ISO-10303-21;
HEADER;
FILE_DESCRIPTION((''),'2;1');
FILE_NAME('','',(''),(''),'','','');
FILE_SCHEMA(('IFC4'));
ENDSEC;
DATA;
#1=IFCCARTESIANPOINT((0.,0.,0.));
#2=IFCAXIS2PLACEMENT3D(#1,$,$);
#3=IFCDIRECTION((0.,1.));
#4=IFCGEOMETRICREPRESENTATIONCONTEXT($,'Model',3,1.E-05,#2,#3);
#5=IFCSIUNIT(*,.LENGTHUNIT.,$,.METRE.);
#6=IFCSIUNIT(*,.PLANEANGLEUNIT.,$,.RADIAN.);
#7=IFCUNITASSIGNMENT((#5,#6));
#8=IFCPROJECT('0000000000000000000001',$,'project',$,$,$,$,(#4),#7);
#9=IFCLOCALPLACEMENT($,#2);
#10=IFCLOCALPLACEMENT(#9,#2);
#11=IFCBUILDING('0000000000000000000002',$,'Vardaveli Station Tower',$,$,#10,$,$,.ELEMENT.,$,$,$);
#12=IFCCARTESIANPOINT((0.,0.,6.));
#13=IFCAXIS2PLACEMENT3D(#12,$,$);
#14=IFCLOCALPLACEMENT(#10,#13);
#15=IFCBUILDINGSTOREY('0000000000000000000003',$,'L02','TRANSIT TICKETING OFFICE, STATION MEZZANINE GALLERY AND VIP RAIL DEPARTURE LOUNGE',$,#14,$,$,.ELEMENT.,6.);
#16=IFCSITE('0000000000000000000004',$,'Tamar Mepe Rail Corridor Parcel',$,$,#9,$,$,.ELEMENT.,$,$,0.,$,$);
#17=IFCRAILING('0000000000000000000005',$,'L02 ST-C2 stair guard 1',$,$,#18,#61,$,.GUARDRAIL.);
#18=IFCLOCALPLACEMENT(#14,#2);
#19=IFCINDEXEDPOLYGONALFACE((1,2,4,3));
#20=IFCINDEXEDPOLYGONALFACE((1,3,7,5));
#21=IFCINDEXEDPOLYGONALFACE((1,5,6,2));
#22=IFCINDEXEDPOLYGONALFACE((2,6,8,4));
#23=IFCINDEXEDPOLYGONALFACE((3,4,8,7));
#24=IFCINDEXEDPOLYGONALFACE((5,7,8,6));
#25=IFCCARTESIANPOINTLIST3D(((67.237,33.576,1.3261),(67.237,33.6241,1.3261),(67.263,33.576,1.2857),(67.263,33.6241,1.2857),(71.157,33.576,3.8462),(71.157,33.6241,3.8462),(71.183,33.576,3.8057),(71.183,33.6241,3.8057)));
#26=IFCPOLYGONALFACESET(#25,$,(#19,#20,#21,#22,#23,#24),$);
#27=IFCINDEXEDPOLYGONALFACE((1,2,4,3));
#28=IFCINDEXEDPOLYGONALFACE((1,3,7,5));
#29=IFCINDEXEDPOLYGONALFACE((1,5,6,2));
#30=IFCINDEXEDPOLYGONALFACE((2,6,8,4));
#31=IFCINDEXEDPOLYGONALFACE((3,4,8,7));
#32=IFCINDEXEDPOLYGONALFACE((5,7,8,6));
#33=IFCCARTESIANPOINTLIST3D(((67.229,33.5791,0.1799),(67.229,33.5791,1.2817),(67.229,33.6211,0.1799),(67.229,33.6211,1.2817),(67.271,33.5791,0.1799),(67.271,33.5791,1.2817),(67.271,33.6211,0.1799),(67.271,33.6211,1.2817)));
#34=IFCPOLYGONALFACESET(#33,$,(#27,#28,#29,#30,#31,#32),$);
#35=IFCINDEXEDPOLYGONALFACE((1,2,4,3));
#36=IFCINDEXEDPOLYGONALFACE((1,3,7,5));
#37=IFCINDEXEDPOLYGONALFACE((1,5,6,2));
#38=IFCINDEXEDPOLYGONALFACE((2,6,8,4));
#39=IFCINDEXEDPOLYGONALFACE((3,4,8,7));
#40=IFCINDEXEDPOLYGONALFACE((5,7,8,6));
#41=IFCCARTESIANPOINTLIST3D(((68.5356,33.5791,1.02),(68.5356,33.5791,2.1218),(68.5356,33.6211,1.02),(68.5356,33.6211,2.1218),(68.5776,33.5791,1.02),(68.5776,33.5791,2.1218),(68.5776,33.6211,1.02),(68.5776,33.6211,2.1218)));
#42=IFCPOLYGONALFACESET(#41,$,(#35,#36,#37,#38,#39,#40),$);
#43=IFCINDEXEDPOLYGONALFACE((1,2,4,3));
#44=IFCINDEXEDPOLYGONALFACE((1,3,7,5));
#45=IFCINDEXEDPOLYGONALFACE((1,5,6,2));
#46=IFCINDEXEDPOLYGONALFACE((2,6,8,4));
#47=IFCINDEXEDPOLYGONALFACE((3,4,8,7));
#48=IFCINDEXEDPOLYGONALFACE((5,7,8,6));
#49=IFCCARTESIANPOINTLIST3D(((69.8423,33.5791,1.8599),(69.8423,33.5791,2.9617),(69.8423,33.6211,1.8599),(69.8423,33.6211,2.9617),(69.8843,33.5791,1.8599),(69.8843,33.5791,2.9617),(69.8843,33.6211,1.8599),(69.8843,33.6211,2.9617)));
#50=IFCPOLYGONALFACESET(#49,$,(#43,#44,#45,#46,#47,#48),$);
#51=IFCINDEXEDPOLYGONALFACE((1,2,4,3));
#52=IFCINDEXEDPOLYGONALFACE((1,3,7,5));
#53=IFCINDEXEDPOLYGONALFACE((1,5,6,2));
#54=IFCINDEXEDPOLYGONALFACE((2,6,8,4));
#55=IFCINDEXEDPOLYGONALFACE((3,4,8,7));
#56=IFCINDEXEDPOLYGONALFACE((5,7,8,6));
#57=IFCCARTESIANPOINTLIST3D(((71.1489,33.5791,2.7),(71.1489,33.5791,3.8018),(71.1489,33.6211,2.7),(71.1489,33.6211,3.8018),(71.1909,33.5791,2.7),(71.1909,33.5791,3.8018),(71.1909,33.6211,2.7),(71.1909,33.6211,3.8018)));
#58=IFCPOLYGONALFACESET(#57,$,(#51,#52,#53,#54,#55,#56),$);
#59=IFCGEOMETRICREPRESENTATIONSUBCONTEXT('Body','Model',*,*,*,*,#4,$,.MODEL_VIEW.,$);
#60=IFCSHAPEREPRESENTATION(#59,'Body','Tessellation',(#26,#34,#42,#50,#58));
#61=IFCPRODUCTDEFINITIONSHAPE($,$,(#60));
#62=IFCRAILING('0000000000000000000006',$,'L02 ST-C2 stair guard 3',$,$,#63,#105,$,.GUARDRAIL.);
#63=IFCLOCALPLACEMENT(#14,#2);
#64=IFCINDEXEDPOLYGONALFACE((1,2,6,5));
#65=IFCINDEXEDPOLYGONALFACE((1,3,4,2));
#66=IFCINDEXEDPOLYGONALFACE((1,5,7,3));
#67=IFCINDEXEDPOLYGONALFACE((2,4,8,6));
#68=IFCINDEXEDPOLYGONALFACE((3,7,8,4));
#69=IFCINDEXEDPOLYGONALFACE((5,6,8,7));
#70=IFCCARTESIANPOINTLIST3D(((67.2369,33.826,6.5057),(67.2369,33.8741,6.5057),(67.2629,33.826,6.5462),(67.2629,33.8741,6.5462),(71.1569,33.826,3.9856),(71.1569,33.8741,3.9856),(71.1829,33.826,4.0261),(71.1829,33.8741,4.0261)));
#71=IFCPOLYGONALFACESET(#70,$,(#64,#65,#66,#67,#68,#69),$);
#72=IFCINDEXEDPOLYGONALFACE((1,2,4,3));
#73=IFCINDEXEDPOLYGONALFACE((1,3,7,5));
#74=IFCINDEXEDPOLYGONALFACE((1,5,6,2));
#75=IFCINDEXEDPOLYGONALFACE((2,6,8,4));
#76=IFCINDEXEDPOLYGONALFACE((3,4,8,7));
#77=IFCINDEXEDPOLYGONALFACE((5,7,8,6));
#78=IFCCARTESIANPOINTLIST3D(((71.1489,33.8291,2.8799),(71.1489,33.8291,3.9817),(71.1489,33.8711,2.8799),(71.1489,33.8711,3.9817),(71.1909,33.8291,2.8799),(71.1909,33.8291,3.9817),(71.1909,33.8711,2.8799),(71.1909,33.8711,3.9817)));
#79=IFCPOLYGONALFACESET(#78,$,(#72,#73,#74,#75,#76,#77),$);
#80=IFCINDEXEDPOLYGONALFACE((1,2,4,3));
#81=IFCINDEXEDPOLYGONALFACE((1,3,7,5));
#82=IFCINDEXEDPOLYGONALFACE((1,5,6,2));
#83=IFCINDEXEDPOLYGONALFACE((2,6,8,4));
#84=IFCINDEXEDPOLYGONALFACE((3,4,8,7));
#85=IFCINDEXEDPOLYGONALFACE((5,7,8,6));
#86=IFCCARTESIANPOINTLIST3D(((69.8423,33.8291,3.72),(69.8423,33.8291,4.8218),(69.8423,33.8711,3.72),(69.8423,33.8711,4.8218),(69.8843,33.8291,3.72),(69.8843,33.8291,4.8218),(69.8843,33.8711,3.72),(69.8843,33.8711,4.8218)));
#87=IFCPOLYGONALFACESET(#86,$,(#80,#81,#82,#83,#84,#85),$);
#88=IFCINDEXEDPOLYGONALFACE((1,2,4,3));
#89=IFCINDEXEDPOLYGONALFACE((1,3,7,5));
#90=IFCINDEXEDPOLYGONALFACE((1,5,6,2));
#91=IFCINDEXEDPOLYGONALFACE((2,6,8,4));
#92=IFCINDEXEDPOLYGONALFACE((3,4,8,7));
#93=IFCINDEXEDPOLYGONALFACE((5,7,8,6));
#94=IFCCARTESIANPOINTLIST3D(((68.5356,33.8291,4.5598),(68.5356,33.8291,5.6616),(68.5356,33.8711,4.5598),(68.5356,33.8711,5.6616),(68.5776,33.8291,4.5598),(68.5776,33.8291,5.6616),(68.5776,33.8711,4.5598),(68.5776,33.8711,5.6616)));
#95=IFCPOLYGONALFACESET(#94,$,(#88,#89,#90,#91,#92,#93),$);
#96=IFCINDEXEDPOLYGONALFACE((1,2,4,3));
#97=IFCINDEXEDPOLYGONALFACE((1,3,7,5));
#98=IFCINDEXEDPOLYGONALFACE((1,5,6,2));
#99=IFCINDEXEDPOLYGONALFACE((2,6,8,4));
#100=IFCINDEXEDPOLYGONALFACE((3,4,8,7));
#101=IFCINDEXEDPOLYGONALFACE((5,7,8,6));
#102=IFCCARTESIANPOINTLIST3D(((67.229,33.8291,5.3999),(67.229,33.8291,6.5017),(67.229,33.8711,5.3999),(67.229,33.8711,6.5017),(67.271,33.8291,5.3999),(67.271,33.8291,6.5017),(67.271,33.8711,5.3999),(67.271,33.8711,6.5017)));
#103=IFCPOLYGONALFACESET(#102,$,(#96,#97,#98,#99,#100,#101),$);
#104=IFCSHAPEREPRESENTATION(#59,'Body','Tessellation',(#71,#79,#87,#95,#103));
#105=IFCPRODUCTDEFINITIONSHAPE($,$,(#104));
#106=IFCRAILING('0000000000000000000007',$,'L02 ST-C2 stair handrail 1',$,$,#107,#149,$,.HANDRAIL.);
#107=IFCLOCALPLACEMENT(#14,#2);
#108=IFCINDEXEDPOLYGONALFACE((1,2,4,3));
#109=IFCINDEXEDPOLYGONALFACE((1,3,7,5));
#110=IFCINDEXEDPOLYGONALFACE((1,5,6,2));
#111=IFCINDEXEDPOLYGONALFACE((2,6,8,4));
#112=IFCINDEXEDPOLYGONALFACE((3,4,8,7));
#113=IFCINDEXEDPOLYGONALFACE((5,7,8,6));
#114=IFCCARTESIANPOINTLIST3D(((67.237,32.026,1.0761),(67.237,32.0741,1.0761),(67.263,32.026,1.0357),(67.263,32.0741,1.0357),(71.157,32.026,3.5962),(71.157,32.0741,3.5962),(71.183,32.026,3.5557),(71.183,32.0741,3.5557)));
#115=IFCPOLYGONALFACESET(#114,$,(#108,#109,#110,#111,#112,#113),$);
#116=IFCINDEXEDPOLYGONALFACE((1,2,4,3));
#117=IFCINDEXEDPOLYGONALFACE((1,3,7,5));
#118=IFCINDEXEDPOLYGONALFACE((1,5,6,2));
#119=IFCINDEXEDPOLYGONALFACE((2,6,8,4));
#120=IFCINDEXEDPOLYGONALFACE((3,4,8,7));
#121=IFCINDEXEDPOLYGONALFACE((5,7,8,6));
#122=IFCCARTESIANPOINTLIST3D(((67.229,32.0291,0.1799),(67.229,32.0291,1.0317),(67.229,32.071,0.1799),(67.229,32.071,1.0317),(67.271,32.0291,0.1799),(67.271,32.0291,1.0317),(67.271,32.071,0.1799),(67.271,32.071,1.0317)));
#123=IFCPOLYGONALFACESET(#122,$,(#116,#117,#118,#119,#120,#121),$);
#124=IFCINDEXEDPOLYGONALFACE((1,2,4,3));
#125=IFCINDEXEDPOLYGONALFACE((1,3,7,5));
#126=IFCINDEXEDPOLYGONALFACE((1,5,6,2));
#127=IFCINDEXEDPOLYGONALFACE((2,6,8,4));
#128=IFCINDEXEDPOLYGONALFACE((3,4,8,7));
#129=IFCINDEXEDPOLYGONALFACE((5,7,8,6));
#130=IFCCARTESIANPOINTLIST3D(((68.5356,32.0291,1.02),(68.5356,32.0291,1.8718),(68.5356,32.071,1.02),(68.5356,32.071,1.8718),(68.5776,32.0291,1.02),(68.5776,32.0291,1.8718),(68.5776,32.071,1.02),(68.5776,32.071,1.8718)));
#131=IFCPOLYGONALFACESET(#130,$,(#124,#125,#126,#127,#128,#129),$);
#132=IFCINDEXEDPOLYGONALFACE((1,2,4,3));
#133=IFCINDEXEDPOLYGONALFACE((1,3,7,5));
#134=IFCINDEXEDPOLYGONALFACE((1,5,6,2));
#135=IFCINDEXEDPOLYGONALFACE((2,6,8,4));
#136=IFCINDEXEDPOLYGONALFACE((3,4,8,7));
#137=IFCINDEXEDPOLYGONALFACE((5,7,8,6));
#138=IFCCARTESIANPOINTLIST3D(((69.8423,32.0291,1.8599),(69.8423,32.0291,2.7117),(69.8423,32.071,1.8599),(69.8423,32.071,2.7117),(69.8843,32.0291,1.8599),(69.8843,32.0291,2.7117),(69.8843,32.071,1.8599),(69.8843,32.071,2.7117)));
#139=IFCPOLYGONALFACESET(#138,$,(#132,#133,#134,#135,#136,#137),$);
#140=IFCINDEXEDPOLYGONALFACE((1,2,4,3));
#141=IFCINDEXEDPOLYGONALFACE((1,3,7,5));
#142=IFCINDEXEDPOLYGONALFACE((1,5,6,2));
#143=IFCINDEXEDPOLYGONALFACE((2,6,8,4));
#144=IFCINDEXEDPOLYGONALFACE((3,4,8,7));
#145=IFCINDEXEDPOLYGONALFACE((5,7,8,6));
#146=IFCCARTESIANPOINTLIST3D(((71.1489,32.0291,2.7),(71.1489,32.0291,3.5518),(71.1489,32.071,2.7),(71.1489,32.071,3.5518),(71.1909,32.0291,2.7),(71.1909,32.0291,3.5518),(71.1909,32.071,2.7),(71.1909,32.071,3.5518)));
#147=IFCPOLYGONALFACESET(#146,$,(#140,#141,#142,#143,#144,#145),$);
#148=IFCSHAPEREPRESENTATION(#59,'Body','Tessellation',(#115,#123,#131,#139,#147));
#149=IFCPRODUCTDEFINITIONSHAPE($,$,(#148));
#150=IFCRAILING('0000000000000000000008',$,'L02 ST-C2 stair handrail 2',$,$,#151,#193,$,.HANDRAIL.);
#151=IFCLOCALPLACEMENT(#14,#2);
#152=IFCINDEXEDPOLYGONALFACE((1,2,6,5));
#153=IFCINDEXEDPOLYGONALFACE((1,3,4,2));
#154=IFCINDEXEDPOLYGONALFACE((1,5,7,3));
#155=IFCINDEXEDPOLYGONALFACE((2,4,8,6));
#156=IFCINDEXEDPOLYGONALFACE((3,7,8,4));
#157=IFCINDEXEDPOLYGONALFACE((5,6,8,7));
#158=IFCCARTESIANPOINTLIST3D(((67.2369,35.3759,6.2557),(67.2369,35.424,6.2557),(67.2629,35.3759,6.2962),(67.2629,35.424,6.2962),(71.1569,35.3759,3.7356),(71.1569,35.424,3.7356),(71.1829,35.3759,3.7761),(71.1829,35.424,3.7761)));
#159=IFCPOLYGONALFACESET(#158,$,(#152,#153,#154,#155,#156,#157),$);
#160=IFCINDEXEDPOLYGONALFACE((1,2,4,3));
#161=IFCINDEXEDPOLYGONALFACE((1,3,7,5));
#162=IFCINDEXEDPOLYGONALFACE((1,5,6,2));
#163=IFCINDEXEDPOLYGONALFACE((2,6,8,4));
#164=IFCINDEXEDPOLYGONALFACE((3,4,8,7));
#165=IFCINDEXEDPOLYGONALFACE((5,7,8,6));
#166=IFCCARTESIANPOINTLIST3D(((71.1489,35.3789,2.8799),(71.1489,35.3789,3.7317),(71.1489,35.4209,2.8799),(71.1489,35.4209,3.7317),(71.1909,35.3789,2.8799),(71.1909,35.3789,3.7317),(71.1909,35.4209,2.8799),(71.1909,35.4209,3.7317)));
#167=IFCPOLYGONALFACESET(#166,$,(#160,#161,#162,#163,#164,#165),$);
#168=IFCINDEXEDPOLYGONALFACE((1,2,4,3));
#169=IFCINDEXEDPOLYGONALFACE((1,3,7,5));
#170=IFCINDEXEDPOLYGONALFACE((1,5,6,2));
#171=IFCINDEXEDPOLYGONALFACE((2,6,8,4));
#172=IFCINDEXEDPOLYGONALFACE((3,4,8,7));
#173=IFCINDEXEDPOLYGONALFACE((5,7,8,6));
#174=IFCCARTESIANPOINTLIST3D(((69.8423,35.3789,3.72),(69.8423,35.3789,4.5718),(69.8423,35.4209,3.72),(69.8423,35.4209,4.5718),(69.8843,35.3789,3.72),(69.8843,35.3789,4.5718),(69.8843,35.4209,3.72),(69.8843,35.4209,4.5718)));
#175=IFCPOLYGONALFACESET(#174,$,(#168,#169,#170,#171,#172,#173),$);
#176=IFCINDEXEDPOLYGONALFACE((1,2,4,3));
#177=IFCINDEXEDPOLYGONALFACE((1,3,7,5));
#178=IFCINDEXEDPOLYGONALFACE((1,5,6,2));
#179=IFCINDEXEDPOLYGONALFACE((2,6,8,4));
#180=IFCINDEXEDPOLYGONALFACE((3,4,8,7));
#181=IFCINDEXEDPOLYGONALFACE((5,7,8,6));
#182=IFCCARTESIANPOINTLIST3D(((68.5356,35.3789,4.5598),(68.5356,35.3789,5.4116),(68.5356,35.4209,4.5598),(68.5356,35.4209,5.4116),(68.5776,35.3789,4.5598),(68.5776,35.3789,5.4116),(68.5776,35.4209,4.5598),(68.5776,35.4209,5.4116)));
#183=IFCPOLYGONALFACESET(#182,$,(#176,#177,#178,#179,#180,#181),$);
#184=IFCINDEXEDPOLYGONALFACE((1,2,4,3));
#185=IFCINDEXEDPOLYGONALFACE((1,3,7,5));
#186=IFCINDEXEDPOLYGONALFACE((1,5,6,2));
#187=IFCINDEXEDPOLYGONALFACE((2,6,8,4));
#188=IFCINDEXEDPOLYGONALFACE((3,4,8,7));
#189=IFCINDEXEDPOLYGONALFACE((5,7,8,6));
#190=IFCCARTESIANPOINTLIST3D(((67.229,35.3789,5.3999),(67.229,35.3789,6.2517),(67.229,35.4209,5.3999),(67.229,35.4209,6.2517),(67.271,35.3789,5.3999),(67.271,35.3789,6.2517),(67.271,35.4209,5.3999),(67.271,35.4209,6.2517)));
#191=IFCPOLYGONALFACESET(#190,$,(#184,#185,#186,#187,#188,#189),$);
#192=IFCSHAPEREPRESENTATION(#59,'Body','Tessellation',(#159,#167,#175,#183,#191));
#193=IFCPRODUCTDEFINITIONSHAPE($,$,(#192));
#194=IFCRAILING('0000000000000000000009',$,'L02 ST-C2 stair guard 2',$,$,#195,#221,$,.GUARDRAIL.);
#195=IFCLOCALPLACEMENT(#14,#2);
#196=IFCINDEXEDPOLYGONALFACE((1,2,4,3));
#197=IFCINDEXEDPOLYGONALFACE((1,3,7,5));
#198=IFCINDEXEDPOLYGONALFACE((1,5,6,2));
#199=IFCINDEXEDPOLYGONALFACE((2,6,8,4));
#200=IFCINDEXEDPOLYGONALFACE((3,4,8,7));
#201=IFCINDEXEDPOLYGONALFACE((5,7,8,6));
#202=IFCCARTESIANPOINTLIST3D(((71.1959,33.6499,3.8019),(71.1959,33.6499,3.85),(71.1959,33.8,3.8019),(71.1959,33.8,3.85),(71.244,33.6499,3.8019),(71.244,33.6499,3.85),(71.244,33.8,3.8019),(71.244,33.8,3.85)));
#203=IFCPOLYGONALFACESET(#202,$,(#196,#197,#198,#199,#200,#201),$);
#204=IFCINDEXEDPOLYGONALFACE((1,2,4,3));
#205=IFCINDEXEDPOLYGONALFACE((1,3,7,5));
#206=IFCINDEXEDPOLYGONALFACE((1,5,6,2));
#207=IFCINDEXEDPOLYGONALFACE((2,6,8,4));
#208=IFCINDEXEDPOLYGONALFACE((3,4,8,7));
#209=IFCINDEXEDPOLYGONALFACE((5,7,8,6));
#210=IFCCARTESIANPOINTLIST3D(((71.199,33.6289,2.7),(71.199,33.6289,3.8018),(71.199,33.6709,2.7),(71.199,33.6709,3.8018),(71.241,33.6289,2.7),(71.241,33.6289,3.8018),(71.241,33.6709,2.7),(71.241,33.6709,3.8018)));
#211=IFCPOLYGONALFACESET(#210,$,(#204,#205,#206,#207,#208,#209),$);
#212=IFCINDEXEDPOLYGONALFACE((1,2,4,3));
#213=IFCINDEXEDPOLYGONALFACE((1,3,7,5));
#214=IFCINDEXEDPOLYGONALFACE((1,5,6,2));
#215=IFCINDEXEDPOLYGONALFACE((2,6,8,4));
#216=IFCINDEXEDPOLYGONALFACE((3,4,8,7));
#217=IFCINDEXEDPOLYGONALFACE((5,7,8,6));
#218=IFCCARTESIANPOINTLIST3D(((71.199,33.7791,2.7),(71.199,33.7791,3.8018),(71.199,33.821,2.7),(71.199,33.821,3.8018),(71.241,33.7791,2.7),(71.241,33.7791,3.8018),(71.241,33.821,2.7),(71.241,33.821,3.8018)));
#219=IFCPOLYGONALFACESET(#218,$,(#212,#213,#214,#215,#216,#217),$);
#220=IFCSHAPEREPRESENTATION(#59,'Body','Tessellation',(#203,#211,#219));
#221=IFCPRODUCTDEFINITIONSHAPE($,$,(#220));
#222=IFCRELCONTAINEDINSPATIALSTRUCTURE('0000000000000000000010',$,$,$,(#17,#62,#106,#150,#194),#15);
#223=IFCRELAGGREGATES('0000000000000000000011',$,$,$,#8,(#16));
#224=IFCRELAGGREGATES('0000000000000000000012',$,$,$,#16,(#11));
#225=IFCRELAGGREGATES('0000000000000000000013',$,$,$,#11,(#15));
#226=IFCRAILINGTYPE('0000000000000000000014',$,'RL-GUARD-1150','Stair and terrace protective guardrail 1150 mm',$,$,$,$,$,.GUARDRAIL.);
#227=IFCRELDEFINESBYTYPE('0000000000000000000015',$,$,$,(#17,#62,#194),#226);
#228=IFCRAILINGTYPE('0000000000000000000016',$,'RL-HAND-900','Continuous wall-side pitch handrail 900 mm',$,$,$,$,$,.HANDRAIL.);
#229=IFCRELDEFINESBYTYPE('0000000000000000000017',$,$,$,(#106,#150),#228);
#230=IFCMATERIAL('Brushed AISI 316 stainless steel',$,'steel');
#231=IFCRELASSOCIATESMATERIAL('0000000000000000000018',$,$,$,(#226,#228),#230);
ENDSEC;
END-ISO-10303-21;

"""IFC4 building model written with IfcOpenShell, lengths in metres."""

from ifc_helpers import new_model, si_unit, direction, frame, origin, origin_2d, place, context, subcontext, project, spatial, rectangle, extrude, source, transform, mapped, material, type_object, element, save


model = new_model("IFC4")

# Units and contexts
model_context = context("Model", 3, precision=1e-05, world=origin(), true_north=direction((0.0, 1.0)))
body_context = subcontext(model_context, "Body", "Model", "MODEL_VIEW")
ifc_project = project(units=[si_unit("LENGTHUNIT", "METRE"), si_unit("PLANEANGLEUNIT", "RADIAN")], contexts=[model_context])

# Site, building, storey
site_placement = place(None, origin())
site = spatial("IfcSite", under=ifc_project, at=site_placement, Name="Tamar Mepe Rail Corridor Parcel", CompositionType="ELEMENT", RefElevation=0.0)
building_placement = place(site_placement, origin())
building = spatial("IfcBuilding", under=site, at=building_placement, Name="Vardaveli Station Tower", CompositionType="ELEMENT")
storey_placement = place(building_placement, frame((0.0, 0.0, 6.0)))
storey = spatial("IfcBuildingStorey", under=building, at=storey_placement, Name="L02", Description="TRANSIT TICKETING OFFICE, STATION MEZZANINE GALLERY AND VIP RAIL DEPARTURE LOUNGE", CompositionType="ELEMENT", Elevation=6.0)

# Railings
ifc_material_1 = material(Name="Brushed AISI 316 stainless steel", Category="steel")
railing_type_1 = type_object("IfcRailingType", Name="RL-GUARD-1150", Description="Stair and terrace protective guardrail 1150 mm", PredefinedType="GUARDRAIL", material=ifc_material_1)
shared_shape_1 = source(origin(), body_context, "Body", "SweptSolid", [
    extrude(rectangle(XDim=0.0481, YDim=0.0481, at=origin_2d()), frame((0.0, 0.0, 1.126), z_axis=(0.841172, 0.0, 0.540768), x_axis=(0.0, 1.0, 0.0)), (0.0, 0.0, 1.0), 4.6602),
    extrude(rectangle(XDim=0.042, YDim=0.042, at=origin_2d()), origin(), (0.0, 0.0, 1.0), 1.1018),
    extrude(rectangle(XDim=0.042, YDim=0.042, at=origin_2d()), frame((1.3066, 0.0, 0.8401)), (0.0, 0.0, 1.0), 1.1018),
    extrude(rectangle(XDim=0.042, YDim=0.042, at=origin_2d()), frame((2.6133, 0.0, 1.6799)), (0.0, 0.0, 1.0), 1.1018),
    extrude(rectangle(XDim=0.042, YDim=0.042, at=origin_2d()), frame((3.9199, 0.0, 2.52)), (0.0, 0.0, 1.0), 1.1018),
])
railing_1_placement = place(storey_placement, frame((67.25, 33.6001, 0.1799)))
element("IfcRailing", 1, at=railing_1_placement, inside=storey, type_object=railing_type_1, Name="L02 ST-C2 stair guard 1", PredefinedType="GUARDRAIL", context=body_context, shape_type="MappedRepresentation", body=[
    mapped(shared_shape_1, transform((0.0, 0.0, 0.0), scale=1.0)),
])
shared_shape_2 = source(origin(), body_context, "Body", "SweptSolid", [
    extrude(rectangle(XDim=0.0481, YDim=0.0481, at=origin_2d()), frame((0.0, 0.0, 1.126), z_axis=(-0.841172, 0.0, 0.540768), x_axis=(0.0, -1.0, 0.0)), (0.0, 0.0, 1.0), 4.6602),
    extrude(rectangle(XDim=0.042, YDim=0.042, at=origin_2d()), origin(), (0.0, 0.0, 1.0), 1.1018),
    extrude(rectangle(XDim=0.042, YDim=0.042, at=origin_2d()), frame((-1.3066, 0.0, 0.8401)), (0.0, 0.0, 1.0), 1.1018),
    extrude(rectangle(XDim=0.042, YDim=0.042, at=origin_2d()), frame((-2.6133, 0.0, 1.6799)), (0.0, 0.0, 1.0), 1.1018),
    extrude(rectangle(XDim=0.042, YDim=0.042, at=origin_2d()), frame((-3.9199, 0.0, 2.52)), (0.0, 0.0, 1.0), 1.1018),
])
railing_2_placement = place(storey_placement, frame((71.1699, 33.8501, 2.8799)))
element("IfcRailing", 2, at=railing_2_placement, inside=storey, type_object=railing_type_1, Name="L02 ST-C2 stair guard 3", PredefinedType="GUARDRAIL", context=body_context, shape_type="MappedRepresentation", body=[
    mapped(shared_shape_2, transform((0.0, 0.0, 0.0), scale=1.0)),
])
railing_type_2 = type_object("IfcRailingType", Name="RL-HAND-900", Description="Continuous wall-side pitch handrail 900 mm", PredefinedType="HANDRAIL", material=ifc_material_1)
shared_shape_3 = source(origin(), body_context, "Body", "SweptSolid", [
    extrude(rectangle(XDim=0.0481, YDim=0.0481, at=origin_2d()), frame((0.0, 0.0, 0.876), z_axis=(0.841172, 0.0, 0.540768), x_axis=(0.0, 1.0, 0.0)), (0.0, 0.0, 1.0), 4.6602),
    extrude(rectangle(XDim=0.042, YDim=0.042, at=origin_2d()), origin(), (0.0, 0.0, 1.0), 0.8518),
    extrude(rectangle(XDim=0.042, YDim=0.042, at=origin_2d()), frame((1.3066, 0.0, 0.8401)), (0.0, 0.0, 1.0), 0.8518),
    extrude(rectangle(XDim=0.042, YDim=0.042, at=origin_2d()), frame((2.6133, 0.0, 1.6799)), (0.0, 0.0, 1.0), 0.8518),
    extrude(rectangle(XDim=0.042, YDim=0.042, at=origin_2d()), frame((3.9199, 0.0, 2.52)), (0.0, 0.0, 1.0), 0.8518),
])
railing_3_placement = place(storey_placement, frame((67.25, 32.05, 0.1799)))
element("IfcRailing", 3, at=railing_3_placement, inside=storey, type_object=railing_type_2, Name="L02 ST-C2 stair handrail 1", PredefinedType="HANDRAIL", context=body_context, shape_type="MappedRepresentation", body=[
    mapped(shared_shape_3, transform((0.0, 0.0, 0.0), scale=1.0)),
])
shared_shape_4 = source(origin(), body_context, "Body", "SweptSolid", [
    extrude(rectangle(XDim=0.0481, YDim=0.0481, at=origin_2d()), frame((0.0, 0.0, 0.876), z_axis=(-0.841172, 0.0, 0.540768), x_axis=(0.0, -1.0, 0.0)), (0.0, 0.0, 1.0), 4.6602),
    extrude(rectangle(XDim=0.042, YDim=0.042, at=origin_2d()), origin(), (0.0, 0.0, 1.0), 0.8518),
    extrude(rectangle(XDim=0.042, YDim=0.042, at=origin_2d()), frame((-1.3066, 0.0, 0.8401)), (0.0, 0.0, 1.0), 0.8518),
    extrude(rectangle(XDim=0.042, YDim=0.042, at=origin_2d()), frame((-2.6133, 0.0, 1.6799)), (0.0, 0.0, 1.0), 0.8518),
    extrude(rectangle(XDim=0.042, YDim=0.042, at=origin_2d()), frame((-3.9199, 0.0, 2.52)), (0.0, 0.0, 1.0), 0.8518),
])
railing_4_placement = place(storey_placement, frame((71.1699, 35.3999, 2.8799)))
element("IfcRailing", 4, at=railing_4_placement, inside=storey, type_object=railing_type_2, Name="L02 ST-C2 stair handrail 2", PredefinedType="HANDRAIL", context=body_context, shape_type="MappedRepresentation", body=[
    mapped(shared_shape_4, transform((0.0, 0.0, 0.0), scale=1.0)),
])
shared_shape_5 = source(origin(), body_context, "Body", "SweptSolid", [
    extrude(rectangle(XDim=0.0481, YDim=0.0481, at=origin_2d()), frame((0.0, 0.0, 1.126), z_axis=(0.0, 1.0, 0.0), x_axis=(-1.0, 0.0, 0.0)), (0.0, 0.0, 1.0), 0.1501),
    extrude(rectangle(XDim=0.042, YDim=0.042, at=origin_2d()), origin(), (0.0, 0.0, 1.0), 1.1018),
    extrude(rectangle(XDim=0.042, YDim=0.042, at=origin_2d()), frame((0.0, 0.1501, 0.0)), (0.0, 0.0, 1.0), 1.1018),
])
for number, where, name in (
    (5, (71.22, 33.6499, 2.7), "L02 ST-C2 stair guard 2"),
):
    element("IfcRailing", number, at=place(storey_placement, frame(where)), inside=storey, type_object=railing_type_1, Name=name, PredefinedType="GUARDRAIL", context=body_context, shape_type="MappedRepresentation", body=[
        mapped(shared_shape_5, transform((0.0, 0.0, 0.0), scale=1.0)),
    ])

save(model, "model.ifc")
